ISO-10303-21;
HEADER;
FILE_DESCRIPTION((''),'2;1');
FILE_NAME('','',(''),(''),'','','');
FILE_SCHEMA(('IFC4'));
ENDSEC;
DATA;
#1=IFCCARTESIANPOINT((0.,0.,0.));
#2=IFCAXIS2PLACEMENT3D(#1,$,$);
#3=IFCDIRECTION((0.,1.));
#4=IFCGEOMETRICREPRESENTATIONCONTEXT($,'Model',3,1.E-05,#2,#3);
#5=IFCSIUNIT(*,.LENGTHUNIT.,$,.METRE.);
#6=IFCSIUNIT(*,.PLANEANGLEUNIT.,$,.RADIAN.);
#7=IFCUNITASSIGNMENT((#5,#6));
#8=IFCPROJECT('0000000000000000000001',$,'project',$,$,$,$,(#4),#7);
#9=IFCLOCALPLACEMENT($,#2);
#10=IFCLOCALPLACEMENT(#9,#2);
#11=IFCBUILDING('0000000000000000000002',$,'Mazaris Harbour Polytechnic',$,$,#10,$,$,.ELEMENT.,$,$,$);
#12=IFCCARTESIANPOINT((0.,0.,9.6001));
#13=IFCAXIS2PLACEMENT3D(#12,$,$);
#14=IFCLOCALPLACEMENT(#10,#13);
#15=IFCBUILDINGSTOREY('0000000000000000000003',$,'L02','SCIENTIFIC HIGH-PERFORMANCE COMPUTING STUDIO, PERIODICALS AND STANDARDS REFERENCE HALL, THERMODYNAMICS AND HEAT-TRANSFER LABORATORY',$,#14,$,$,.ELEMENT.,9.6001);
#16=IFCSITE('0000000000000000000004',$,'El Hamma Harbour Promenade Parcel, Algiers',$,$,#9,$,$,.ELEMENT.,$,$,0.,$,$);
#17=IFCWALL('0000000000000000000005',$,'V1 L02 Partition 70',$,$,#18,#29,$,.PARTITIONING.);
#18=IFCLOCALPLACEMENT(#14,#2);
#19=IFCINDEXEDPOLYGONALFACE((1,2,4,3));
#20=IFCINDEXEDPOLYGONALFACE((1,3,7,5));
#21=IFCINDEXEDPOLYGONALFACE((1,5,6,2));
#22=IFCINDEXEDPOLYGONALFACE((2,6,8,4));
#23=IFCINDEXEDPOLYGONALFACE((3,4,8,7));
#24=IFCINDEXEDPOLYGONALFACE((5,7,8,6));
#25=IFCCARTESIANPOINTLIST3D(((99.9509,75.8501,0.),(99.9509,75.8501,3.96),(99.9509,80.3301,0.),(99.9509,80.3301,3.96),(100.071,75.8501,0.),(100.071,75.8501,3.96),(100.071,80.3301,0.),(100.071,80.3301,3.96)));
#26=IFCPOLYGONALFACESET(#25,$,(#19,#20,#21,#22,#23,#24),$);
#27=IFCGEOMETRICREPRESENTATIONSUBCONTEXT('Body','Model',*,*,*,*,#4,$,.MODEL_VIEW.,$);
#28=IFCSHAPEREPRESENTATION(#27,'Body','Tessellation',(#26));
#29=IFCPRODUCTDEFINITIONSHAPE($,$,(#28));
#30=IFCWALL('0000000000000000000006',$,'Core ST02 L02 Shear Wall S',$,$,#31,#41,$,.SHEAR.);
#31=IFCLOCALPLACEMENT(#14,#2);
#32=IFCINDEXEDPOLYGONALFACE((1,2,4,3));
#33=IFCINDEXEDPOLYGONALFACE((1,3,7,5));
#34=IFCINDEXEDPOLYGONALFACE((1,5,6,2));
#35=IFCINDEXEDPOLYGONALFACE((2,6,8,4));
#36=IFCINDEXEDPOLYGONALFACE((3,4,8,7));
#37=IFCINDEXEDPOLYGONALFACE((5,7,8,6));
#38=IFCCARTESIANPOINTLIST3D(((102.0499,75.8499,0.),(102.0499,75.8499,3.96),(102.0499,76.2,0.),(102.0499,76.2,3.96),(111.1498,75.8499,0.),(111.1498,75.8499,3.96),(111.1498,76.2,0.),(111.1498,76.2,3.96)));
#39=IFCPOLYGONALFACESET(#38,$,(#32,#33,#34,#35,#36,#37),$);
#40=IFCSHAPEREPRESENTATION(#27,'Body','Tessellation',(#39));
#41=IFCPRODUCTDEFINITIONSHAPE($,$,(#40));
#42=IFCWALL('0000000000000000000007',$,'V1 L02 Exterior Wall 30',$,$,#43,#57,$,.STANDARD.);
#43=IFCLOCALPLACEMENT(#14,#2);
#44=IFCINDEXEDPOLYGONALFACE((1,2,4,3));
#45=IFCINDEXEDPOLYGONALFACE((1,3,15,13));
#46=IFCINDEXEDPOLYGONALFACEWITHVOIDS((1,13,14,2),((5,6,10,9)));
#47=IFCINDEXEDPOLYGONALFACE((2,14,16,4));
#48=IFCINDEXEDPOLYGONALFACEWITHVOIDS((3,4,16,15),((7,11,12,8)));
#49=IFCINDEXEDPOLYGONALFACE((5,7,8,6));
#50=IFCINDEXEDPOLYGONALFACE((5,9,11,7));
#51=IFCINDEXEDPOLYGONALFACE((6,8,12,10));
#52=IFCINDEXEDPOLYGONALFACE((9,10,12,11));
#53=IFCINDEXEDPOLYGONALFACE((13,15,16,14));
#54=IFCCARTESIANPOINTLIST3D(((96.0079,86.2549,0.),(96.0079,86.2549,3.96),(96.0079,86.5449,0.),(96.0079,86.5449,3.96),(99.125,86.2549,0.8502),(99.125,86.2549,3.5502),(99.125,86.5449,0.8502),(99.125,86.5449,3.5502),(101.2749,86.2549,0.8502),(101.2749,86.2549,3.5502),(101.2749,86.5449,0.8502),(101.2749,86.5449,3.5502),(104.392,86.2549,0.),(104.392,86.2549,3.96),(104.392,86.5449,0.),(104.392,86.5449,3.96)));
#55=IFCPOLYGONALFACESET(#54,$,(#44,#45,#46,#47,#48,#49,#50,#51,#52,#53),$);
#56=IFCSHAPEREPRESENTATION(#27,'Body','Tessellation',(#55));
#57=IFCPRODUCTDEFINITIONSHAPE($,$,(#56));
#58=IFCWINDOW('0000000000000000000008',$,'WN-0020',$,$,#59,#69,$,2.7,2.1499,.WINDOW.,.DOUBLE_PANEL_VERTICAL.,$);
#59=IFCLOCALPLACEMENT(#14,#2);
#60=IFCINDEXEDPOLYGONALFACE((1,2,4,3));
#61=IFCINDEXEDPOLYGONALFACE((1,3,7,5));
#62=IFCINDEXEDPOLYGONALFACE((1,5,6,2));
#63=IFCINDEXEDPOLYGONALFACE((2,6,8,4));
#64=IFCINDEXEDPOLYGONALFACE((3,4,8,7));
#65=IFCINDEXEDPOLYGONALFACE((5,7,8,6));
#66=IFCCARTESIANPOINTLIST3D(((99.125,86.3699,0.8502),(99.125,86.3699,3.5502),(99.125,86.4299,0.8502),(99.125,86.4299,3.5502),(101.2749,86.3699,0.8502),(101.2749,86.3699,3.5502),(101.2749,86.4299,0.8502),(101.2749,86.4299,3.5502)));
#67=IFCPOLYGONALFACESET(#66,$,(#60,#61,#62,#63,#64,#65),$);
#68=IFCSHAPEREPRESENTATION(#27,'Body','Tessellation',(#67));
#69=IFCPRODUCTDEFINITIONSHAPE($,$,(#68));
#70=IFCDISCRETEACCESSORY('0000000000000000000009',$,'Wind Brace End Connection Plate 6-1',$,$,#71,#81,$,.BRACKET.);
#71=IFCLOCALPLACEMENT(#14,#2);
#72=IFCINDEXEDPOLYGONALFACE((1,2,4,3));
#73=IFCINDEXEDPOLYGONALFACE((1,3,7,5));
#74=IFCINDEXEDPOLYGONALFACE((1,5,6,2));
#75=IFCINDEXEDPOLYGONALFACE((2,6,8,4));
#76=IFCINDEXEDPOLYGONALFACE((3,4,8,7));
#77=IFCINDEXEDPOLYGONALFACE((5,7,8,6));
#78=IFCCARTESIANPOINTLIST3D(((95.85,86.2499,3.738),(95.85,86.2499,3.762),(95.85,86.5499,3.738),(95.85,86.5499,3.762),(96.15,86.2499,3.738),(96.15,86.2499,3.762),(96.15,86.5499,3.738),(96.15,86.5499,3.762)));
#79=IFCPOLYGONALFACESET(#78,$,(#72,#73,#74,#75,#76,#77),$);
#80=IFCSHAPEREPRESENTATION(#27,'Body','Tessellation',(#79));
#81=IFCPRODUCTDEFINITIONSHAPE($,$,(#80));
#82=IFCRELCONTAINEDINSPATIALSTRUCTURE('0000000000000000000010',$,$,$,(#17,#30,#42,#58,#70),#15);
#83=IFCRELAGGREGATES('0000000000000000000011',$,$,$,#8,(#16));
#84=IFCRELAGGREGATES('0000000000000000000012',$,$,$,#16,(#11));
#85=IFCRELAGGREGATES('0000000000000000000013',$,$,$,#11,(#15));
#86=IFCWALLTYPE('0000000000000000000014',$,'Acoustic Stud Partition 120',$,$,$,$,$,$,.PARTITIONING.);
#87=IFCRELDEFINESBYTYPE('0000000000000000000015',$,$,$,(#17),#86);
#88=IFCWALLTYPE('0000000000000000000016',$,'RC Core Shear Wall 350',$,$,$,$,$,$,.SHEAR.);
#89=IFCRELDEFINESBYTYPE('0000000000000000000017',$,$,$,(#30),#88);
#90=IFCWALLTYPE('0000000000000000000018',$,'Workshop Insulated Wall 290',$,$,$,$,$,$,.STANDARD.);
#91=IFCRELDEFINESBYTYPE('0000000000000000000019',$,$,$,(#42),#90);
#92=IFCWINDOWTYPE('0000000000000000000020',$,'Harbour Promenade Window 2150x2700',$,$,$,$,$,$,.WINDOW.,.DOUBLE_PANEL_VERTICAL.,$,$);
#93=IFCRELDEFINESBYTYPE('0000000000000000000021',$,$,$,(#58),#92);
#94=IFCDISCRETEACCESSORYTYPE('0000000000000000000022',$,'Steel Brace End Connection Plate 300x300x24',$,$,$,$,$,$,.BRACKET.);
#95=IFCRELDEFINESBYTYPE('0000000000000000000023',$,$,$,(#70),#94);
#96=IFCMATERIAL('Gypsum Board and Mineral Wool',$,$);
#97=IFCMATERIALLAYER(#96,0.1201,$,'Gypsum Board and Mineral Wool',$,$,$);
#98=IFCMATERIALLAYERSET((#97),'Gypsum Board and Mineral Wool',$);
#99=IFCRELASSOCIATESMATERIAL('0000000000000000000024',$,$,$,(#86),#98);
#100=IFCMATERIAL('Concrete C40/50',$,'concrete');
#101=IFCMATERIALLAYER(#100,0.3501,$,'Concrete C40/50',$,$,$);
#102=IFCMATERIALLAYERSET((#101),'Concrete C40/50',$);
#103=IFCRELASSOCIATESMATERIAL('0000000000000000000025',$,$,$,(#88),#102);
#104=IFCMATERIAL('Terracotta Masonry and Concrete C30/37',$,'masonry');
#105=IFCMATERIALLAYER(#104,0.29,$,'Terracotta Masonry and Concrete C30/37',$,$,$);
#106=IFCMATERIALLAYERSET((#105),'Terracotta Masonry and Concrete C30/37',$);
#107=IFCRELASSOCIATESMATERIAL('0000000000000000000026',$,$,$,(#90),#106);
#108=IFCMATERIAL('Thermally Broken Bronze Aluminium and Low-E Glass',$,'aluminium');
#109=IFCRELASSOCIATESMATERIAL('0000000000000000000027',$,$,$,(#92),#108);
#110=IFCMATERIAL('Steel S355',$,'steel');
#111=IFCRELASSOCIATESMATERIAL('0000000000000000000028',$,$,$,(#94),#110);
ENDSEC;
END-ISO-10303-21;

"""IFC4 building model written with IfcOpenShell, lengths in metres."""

from ifc_helpers import new_model, si_unit, direction, frame, frame_2d, origin, origin_2d, place, context, subcontext, project, spatial, rectangle, extrude, material, layer, layer_set, type_object, element, fill, save


model = new_model("IFC4")

# Units and contexts
model_context = context("Model", 3, precision=1e-05, world=origin(), true_north=direction((0.0, 1.0)))
body_context = subcontext(model_context, "Body", "Model", "MODEL_VIEW")
ifc_project = project(units=[si_unit("LENGTHUNIT", "METRE"), si_unit("PLANEANGLEUNIT", "RADIAN")], contexts=[model_context])

# Site, building, storey
site_placement = place(None, origin())
site = spatial("IfcSite", under=ifc_project, at=site_placement, Name="El Hamma Harbour Promenade Parcel, Algiers", CompositionType="ELEMENT", RefElevation=0.0)
building_placement = place(site_placement, origin())
building = spatial("IfcBuilding", under=site, at=building_placement, Name="Mazaris Harbour Polytechnic", CompositionType="ELEMENT")
storey_placement = place(building_placement, frame((0.0, 0.0, 9.6001)))
storey = spatial("IfcBuildingStorey", under=building, at=storey_placement, Name="L02", Description="SCIENTIFIC HIGH-PERFORMANCE COMPUTING STUDIO, PERIODICALS AND STANDARDS REFERENCE HALL, THERMODYNAMICS AND HEAT-TRANSFER LABORATORY", CompositionType="ELEMENT", Elevation=9.6001)

# Walls
ifc_material_1 = material(Name="Gypsum Board and Mineral Wool")
ifc_layer_1 = layer(ifc_material_1, 0.1201, Name="Gypsum Board and Mineral Wool")
ifc_layer_set_1 = layer_set([ifc_layer_1], Name="Gypsum Board and Mineral Wool")
wall_type_1 = type_object("IfcWallType", Name="Acoustic Stud Partition 120", PredefinedType="PARTITIONING", material=ifc_layer_set_1)
wall_1_placement = place(storey_placement, frame((100.011, 75.8501, 0.0), z_axis=(0.0, 0.0, 1.0), x_axis=(0.0, 1.0, 0.0)))
element("IfcWall", 1, at=wall_1_placement, inside=storey, type_object=wall_type_1, Name="V1 L02 Partition 70", PredefinedType="PARTITIONING", context=body_context, shape_type="SweptSolid", body=[
    extrude(rectangle(XDim=4.48, YDim=0.1201, at=frame_2d((2.24, 0.0))), origin(), (0.0, 0.0, 1.0), 3.96),
])
ifc_material_2 = material(Name="Concrete C40/50", Category="concrete")
ifc_layer_2 = layer(ifc_material_2, 0.3501, Name="Concrete C40/50")
ifc_layer_set_2 = layer_set([ifc_layer_2], Name="Concrete C40/50")
wall_type_2 = type_object("IfcWallType", Name="RC Core Shear Wall 350", PredefinedType="SHEAR", material=ifc_layer_set_2)
wall_2_placement = place(storey_placement, frame((102.05, 76.0249, 0.0), z_axis=(0.0, 0.0, 1.0), x_axis=(1.0, 0.0, 0.0)))
element("IfcWall", 2, at=wall_2_placement, inside=storey, type_object=wall_type_2, Name="Core ST02 L02 Shear Wall S", PredefinedType="SHEAR", context=body_context, shape_type="SweptSolid", body=[
    extrude(rectangle(XDim=9.0999, YDim=0.3501, at=frame_2d((4.5498, 0.0))), origin(), (0.0, 0.0, 1.0), 3.96),
])

# Wall, opening, window
ifc_material_3 = material(Name="Terracotta Masonry and Concrete C30/37", Category="masonry")
ifc_layer_3 = layer(ifc_material_3, 0.29, Name="Terracotta Masonry and Concrete C30/37")
ifc_layer_set_3 = layer_set([ifc_layer_3], Name="Terracotta Masonry and Concrete C30/37")
wall_type_3 = type_object("IfcWallType", Name="Workshop Insulated Wall 290", PredefinedType="STANDARD", material=ifc_layer_set_3)
wall_3_placement = place(storey_placement, frame((96.0081, 86.3999, 0.0), z_axis=(0.0, 0.0, 1.0), x_axis=(1.0, 0.0, 0.0)))
wall_3 = element("IfcWall", 3, at=wall_3_placement, inside=storey, type_object=wall_type_3, Name="V1 L02 Exterior Wall 30", PredefinedType="STANDARD", context=body_context, shape_type="SweptSolid", body=[
    extrude(rectangle(XDim=8.384, YDim=0.29, at=frame_2d((4.1919, 0.0))), origin(), (0.0, 0.0, 1.0), 3.96),
])
opening_placement = place(wall_3_placement, frame((3.1169, 0.0, 0.8501)))
opening = element("IfcOpeningElement", 4, at=opening_placement, cuts=wall_3, PredefinedType="OPENING", context=body_context, shape_type="SweptSolid", body=[
    extrude(rectangle(XDim=2.1499, YDim=2.7, at=frame_2d((1.075, 1.3501))), frame((0.0, 0.155, 0.0), z_axis=(0.0, -1.0, 0.0), x_axis=(1.0, 0.0, 0.0)), (0.0, 0.0, 1.0), 0.3101),
])
ifc_material_4 = material(Name="Thermally Broken Bronze Aluminium and Low-E Glass", Category="aluminium")
window_type = type_object("IfcWindowType", Name="Harbour Promenade Window 2150x2700", PartitioningType="DOUBLE_PANEL_VERTICAL", PredefinedType="WINDOW", material=ifc_material_4)
window_placement = place(opening_placement, origin())
window = element("IfcWindow", 5, at=window_placement, inside=storey, type_object=window_type, Name="WN-0020", OverallHeight=2.7, OverallWidth=2.1499, PartitioningType="DOUBLE_PANEL_VERTICAL", PredefinedType="WINDOW", context=body_context, shape_type="SweptSolid", body=[
    extrude(rectangle(XDim=2.1499, YDim=2.7, at=frame_2d((1.075, 1.3501))), frame((0.0, 0.03, 0.0), z_axis=(0.0, -1.0, 0.0), x_axis=(1.0, 0.0, 0.0)), (0.0, 0.0, 1.0), 0.0601),
])
fill(opening, window)

# Discrete accessory
ifc_material_5 = material(Name="Steel S355", Category="steel")
discrete_accessory_type = type_object("IfcDiscreteAccessoryType", Name="Steel Brace End Connection Plate 300x300x24", PredefinedType="BRACKET", material=ifc_material_5)
discrete_accessory_placement = place(storey_placement, frame((96.0, 86.3999, 3.738), z_axis=(0.0, 0.0, 1.0), x_axis=(1.0, 0.0, 0.0)))
element("IfcDiscreteAccessory", 6, at=discrete_accessory_placement, inside=storey, type_object=discrete_accessory_type, Name="Wind Brace End Connection Plate 6-1", PredefinedType="BRACKET", context=body_context, shape_type="SweptSolid", body=[
    extrude(rectangle(XDim=0.3, YDim=0.3, at=origin_2d()), origin(), (0.0, 0.0, 1.0), 0.0239),
])

save(model, "model.ifc")
